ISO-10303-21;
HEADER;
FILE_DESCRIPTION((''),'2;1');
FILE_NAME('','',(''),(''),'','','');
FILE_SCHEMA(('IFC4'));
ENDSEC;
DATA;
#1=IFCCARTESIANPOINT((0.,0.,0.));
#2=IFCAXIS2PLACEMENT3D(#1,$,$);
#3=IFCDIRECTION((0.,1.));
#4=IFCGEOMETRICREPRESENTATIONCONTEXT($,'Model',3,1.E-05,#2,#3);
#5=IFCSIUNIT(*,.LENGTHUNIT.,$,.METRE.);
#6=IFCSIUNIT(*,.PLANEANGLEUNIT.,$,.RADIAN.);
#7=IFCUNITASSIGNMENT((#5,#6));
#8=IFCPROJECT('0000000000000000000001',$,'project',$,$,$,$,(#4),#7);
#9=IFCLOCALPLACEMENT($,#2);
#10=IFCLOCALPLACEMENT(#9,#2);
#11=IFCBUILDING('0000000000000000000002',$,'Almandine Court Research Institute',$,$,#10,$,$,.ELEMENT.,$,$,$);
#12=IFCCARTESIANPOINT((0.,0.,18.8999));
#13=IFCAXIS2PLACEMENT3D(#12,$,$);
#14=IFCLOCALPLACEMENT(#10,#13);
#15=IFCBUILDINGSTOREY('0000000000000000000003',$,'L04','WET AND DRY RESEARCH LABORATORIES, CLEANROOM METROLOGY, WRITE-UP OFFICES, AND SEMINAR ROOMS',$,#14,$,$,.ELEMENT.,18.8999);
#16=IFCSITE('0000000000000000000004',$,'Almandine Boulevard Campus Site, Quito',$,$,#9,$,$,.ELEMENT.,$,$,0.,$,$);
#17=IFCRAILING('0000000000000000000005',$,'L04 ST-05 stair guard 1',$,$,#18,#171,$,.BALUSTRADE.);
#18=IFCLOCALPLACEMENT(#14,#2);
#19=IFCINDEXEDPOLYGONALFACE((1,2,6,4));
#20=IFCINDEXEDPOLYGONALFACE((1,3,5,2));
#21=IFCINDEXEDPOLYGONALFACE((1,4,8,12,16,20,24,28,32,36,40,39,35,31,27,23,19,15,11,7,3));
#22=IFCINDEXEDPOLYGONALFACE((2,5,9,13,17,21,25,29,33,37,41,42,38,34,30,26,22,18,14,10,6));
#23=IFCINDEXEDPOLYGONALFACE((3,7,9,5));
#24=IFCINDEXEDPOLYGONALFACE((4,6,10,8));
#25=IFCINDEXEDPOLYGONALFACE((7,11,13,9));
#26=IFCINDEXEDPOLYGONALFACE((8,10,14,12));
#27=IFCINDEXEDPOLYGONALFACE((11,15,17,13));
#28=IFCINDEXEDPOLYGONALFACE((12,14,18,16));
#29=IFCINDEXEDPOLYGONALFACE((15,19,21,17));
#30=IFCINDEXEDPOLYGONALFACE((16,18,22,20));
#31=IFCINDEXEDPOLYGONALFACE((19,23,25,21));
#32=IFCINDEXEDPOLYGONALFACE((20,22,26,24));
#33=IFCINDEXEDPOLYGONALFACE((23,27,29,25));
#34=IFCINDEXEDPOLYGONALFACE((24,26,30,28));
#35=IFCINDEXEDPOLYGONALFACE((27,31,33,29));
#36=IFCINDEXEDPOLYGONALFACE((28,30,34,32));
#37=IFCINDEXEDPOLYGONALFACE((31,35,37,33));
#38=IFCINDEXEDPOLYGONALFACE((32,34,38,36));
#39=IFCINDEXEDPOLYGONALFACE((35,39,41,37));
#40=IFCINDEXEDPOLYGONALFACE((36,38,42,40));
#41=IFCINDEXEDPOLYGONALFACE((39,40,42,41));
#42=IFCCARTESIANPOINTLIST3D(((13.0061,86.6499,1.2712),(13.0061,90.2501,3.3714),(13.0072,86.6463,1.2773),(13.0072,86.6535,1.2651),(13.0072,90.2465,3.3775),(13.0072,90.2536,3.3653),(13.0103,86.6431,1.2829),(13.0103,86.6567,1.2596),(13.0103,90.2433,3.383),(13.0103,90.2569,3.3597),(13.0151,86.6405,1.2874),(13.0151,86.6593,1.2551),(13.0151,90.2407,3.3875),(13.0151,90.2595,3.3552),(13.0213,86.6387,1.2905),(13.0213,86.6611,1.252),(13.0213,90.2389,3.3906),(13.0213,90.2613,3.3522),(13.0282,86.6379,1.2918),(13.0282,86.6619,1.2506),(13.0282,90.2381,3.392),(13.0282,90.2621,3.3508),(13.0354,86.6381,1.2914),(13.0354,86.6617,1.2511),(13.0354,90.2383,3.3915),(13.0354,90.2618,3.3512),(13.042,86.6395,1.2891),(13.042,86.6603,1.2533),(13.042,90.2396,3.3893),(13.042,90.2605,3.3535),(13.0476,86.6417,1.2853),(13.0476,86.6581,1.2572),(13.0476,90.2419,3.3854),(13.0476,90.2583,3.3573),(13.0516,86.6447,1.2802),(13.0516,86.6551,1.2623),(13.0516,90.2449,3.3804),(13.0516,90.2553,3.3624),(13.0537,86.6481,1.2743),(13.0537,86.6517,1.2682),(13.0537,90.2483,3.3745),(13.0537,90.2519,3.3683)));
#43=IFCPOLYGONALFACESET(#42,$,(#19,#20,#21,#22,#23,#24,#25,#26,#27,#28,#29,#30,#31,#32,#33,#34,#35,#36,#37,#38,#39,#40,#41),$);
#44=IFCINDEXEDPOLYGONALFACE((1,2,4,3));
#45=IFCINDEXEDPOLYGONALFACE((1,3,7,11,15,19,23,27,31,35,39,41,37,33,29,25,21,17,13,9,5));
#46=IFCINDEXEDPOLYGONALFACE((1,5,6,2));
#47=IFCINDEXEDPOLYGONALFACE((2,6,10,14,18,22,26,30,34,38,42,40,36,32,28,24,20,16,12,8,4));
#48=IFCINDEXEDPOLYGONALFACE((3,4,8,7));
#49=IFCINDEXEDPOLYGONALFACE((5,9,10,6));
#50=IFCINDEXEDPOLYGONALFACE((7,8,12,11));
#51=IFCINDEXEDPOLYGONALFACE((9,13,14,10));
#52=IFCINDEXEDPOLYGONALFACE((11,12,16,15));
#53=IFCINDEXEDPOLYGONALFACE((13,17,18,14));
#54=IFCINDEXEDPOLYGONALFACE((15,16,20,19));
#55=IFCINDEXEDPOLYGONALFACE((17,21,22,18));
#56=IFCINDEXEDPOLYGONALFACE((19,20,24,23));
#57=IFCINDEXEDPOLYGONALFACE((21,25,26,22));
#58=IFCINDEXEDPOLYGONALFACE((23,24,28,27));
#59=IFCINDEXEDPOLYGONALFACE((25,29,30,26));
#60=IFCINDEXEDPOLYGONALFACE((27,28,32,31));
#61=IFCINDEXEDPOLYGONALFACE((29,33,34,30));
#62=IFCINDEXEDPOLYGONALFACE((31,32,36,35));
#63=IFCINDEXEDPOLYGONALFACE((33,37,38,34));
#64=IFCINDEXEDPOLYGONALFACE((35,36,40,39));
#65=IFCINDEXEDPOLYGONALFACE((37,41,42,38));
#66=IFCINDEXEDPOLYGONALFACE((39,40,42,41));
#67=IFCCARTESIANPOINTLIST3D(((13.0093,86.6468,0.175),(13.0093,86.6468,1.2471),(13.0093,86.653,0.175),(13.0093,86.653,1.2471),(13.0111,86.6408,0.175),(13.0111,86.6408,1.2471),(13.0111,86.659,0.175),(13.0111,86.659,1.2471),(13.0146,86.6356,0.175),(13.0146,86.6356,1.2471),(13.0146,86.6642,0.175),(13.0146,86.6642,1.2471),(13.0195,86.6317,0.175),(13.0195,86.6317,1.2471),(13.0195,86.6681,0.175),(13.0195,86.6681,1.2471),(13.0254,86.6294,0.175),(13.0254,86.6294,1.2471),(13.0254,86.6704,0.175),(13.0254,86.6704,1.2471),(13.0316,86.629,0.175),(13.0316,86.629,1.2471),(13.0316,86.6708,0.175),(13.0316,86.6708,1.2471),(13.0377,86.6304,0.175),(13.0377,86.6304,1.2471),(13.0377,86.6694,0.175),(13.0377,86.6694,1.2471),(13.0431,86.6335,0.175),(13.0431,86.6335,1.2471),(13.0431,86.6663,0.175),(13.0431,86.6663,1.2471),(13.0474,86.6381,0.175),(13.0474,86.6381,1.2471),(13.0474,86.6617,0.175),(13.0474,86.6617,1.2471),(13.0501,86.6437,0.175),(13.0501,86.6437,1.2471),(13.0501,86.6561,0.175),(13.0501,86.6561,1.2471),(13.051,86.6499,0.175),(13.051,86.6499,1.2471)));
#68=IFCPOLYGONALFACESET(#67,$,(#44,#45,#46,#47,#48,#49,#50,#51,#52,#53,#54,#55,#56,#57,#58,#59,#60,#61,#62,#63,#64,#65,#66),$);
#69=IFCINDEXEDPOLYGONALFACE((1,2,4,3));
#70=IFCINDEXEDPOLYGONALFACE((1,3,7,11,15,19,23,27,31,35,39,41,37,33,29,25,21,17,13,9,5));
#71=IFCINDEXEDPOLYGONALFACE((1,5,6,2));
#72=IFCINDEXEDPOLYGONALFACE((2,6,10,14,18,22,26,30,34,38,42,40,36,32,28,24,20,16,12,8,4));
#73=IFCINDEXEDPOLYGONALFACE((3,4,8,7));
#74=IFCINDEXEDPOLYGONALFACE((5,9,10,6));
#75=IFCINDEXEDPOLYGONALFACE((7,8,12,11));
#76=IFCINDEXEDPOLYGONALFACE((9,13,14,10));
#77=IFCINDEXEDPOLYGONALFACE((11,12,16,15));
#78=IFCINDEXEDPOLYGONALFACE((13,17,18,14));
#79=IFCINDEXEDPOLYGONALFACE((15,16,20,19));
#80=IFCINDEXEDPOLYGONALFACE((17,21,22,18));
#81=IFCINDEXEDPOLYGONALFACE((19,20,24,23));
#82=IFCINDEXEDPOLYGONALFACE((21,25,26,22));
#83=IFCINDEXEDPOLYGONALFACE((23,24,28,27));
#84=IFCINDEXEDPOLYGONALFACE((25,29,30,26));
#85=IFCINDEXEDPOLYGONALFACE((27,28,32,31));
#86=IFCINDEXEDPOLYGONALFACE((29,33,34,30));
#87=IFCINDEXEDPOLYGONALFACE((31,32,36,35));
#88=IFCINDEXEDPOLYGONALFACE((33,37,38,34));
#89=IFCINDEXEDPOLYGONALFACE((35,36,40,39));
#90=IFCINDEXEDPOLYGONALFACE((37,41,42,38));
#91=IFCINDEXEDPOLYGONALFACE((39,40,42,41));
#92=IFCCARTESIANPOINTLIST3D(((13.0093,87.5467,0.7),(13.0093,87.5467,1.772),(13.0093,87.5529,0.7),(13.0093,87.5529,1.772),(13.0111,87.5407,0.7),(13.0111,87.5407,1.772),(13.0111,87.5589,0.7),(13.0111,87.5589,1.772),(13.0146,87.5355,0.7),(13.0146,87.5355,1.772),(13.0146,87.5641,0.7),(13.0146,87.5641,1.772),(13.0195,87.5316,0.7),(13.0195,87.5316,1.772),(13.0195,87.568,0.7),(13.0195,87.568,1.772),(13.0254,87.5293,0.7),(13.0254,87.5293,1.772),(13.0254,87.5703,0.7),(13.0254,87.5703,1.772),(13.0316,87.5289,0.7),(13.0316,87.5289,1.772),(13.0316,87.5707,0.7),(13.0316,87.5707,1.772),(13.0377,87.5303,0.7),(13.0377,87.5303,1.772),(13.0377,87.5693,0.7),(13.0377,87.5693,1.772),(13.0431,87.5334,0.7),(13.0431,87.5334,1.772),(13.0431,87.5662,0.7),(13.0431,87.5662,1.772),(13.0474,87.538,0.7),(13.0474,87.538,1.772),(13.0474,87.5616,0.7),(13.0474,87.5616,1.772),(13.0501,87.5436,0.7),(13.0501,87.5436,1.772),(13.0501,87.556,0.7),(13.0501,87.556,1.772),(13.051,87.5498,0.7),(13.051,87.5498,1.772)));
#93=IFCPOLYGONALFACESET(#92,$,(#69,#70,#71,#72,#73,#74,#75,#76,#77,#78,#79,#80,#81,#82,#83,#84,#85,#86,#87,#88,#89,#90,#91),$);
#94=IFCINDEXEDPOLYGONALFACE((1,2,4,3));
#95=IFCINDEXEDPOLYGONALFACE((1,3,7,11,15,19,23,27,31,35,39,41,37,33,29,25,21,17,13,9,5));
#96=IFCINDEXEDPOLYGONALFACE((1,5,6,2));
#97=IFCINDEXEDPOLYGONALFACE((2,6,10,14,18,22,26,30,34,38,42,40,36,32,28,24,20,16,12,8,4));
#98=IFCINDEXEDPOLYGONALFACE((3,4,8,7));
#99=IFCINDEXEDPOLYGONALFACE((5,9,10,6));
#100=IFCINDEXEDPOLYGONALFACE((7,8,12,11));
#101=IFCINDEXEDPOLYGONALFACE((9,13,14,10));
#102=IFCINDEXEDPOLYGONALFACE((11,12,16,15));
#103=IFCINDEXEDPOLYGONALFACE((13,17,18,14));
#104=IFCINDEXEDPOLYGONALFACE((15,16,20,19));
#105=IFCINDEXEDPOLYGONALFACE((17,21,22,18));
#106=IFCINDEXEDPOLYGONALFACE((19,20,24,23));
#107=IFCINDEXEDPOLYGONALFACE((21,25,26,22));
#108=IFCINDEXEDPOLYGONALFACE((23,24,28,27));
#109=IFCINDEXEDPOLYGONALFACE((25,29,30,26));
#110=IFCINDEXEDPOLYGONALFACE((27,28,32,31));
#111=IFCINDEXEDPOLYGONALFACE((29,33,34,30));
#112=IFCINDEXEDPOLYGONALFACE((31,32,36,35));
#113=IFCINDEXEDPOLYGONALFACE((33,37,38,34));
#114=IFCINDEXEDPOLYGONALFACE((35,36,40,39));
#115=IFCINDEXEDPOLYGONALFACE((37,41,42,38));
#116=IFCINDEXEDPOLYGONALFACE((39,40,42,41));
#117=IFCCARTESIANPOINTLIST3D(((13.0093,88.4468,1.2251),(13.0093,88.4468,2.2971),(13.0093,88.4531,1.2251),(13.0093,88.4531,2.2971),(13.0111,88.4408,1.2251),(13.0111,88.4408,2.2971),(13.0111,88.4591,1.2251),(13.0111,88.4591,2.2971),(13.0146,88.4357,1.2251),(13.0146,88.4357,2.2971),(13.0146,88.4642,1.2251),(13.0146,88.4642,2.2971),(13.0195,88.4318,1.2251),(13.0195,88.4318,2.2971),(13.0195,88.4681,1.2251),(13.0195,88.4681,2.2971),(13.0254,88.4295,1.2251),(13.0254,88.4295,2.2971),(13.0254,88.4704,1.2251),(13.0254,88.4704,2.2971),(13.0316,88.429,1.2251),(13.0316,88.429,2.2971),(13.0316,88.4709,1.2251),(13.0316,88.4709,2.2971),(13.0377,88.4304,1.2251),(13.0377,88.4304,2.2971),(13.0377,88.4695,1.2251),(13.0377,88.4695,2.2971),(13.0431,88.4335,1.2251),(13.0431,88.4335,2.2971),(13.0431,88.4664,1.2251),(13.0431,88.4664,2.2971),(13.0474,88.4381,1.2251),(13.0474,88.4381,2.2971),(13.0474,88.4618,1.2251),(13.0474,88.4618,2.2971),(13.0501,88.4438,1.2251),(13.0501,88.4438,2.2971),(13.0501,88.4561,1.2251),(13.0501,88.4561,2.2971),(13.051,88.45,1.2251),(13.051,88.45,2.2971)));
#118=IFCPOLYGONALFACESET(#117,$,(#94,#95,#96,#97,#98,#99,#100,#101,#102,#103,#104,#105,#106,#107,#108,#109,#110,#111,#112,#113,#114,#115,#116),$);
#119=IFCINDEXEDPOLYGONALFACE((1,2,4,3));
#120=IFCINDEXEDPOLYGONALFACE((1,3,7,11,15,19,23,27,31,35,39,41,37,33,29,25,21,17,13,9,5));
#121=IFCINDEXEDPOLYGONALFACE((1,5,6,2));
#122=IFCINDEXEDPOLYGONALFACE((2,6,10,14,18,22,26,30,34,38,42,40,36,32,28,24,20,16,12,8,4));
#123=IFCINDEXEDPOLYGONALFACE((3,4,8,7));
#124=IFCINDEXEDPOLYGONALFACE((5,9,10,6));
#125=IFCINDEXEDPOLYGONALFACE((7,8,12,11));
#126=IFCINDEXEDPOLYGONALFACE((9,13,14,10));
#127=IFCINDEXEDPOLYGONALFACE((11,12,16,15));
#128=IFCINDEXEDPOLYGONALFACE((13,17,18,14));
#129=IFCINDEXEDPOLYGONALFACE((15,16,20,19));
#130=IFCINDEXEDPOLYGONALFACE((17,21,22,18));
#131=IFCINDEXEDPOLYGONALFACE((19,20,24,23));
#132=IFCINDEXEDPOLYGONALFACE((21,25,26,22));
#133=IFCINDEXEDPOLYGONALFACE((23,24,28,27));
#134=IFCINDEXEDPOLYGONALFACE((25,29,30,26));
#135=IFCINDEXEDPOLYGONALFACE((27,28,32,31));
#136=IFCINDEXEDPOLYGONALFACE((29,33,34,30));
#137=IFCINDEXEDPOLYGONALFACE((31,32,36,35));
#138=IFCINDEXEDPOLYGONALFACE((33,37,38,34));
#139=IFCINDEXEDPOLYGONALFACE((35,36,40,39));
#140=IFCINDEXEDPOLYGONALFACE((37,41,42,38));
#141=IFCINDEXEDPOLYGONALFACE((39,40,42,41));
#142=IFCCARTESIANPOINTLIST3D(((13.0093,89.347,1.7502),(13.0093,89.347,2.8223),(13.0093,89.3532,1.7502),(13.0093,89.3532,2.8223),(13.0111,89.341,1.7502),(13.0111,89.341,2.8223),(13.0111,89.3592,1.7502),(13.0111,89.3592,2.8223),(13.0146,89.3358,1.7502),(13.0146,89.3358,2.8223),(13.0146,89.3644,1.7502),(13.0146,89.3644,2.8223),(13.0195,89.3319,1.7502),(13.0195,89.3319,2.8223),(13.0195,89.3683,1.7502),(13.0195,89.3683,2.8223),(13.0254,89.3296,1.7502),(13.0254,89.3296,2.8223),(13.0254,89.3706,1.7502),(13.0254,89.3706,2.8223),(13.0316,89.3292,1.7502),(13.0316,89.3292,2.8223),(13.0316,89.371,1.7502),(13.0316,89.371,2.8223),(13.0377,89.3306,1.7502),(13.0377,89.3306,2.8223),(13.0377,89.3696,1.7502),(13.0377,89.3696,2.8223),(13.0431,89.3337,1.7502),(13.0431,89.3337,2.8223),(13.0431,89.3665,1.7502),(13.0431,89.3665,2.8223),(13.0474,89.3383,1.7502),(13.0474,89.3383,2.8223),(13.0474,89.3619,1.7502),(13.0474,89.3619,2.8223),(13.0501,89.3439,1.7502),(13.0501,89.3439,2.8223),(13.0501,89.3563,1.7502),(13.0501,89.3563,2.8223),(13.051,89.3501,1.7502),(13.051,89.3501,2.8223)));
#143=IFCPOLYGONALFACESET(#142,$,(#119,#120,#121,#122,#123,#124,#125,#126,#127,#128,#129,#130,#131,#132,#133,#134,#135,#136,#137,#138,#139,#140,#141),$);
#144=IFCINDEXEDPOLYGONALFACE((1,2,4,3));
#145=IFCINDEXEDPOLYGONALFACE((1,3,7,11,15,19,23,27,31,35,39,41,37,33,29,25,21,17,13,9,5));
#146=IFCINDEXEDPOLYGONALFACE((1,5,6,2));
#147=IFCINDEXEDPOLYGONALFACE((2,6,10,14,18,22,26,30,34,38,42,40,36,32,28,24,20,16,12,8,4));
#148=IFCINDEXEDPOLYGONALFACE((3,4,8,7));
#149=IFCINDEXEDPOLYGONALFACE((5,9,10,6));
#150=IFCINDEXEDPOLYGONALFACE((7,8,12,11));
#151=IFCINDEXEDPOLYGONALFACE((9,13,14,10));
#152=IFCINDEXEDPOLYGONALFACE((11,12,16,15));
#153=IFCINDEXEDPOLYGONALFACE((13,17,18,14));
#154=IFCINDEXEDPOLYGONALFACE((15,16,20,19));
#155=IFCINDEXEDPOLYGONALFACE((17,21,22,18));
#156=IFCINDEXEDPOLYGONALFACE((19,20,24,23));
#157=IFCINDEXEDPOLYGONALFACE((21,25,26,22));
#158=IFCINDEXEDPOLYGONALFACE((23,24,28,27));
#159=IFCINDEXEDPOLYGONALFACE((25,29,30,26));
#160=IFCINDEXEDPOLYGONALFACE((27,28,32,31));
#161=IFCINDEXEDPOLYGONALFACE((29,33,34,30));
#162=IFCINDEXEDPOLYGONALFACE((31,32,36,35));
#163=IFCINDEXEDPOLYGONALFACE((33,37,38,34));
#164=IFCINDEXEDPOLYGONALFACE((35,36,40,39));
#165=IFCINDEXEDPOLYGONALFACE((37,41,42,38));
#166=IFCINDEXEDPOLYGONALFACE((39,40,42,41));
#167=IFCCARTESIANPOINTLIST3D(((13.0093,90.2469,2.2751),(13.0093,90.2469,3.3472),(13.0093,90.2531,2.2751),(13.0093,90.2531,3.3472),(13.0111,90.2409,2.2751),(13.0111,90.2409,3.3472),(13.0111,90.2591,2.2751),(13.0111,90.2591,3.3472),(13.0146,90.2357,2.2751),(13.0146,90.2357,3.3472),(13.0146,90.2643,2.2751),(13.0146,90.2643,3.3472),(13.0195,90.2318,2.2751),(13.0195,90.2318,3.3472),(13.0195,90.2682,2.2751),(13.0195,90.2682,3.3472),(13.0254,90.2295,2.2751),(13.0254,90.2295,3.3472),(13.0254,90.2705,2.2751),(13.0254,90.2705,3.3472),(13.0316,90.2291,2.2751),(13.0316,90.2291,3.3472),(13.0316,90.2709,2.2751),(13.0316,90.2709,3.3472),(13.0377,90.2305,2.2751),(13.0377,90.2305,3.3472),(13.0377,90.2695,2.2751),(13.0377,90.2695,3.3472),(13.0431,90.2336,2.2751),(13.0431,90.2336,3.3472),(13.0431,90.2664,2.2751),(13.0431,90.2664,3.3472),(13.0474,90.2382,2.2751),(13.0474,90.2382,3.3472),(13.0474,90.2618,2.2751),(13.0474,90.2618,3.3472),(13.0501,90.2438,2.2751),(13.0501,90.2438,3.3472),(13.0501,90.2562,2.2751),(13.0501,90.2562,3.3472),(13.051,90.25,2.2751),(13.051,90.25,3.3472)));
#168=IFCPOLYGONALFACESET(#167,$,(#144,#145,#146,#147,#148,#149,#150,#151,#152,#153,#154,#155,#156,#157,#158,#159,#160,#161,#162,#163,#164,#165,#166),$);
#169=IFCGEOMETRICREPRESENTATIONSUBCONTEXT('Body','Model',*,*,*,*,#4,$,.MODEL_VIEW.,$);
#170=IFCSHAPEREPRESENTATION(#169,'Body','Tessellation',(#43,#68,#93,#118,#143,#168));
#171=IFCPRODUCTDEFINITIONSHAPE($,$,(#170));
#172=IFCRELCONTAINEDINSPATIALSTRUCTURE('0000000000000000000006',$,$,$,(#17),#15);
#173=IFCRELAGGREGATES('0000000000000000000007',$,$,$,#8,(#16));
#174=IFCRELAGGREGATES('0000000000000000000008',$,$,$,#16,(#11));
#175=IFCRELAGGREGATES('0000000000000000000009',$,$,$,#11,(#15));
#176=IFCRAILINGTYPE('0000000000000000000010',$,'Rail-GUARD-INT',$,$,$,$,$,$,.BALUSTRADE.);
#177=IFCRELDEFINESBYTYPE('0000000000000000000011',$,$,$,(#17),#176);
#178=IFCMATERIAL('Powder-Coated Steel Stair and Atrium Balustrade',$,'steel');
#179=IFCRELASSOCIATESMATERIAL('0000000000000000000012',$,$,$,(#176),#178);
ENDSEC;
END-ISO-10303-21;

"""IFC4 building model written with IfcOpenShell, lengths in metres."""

from ifc_helpers import new_model, si_unit, direction, frame, origin, origin_2d, place, context, subcontext, project, spatial, circle, extrude, material, type_object, element, save


model = new_model("IFC4")

# Units and contexts
model_context = context("Model", 3, precision=1e-05, world=origin(), true_north=direction((0.0, 1.0)))
body_context = subcontext(model_context, "Body", "Model", "MODEL_VIEW")
ifc_project = project(units=[si_unit("LENGTHUNIT", "METRE"), si_unit("PLANEANGLEUNIT", "RADIAN")], contexts=[model_context])

# Site, building, storey
site_placement = place(None, origin())
site = spatial("IfcSite", under=ifc_project, at=site_placement, Name="Almandine Boulevard Campus Site, Quito", CompositionType="ELEMENT", RefElevation=0.0)
building_placement = place(site_placement, origin())
building = spatial("IfcBuilding", under=site, at=building_placement, Name="Almandine Court Research Institute", CompositionType="ELEMENT")
storey_placement = place(building_placement, frame((0.0, 0.0, 18.8999)))
storey = spatial("IfcBuildingStorey", under=building, at=storey_placement, Name="L04", Description="WET AND DRY RESEARCH LABORATORIES, CLEANROOM METROLOGY, WRITE-UP OFFICES, AND SEMINAR ROOMS", CompositionType="ELEMENT", Elevation=18.8999)

# Railing
ifc_material_1 = material(Name="Powder-Coated Steel Stair and Atrium Balustrade", Category="steel")
railing_type_1 = type_object("IfcRailingType", Name="Rail-GUARD-INT", PredefinedType="BALUSTRADE", material=ifc_material_1)
railing_1_placement = place(storey_placement, frame((13.03, 86.6499, 0.175)))
element("IfcRailing", 1, at=railing_1_placement, inside=storey, type_object=railing_type_1, Name="L04 ST-05 stair guard 1", PredefinedType="BALUSTRADE", context=body_context, shape_type="SweptSolid", body=[
    extrude(circle(Radius=0.0239, at=origin_2d()), frame((0.0, 0.0, 1.0962), z_axis=(0.0, 0.863775, 0.503878), x_axis=(-1.0, 0.0, 0.0)), (0.0, 0.0, 1.0), 4.168),
    extrude(circle(Radius=0.021, at=origin_2d()), origin(), (0.0, 0.0, 1.0), 1.072),
    extrude(circle(Radius=0.021, at=origin_2d()), frame((0.0, 0.8999, 0.5249)), (0.0, 0.0, 1.0), 1.072),
    extrude(circle(Radius=0.021, at=origin_2d()), frame((0.0, 1.8, 1.05)), (0.0, 0.0, 1.0), 1.072),
    extrude(circle(Radius=0.021, at=origin_2d()), frame((0.0, 2.7002, 1.5752)), (0.0, 0.0, 1.0), 1.072),
    extrude(circle(Radius=0.021, at=origin_2d()), frame((0.0, 3.6001, 2.1001)), (0.0, 0.0, 1.0), 1.072),
])

save(model, "model.ifc")
